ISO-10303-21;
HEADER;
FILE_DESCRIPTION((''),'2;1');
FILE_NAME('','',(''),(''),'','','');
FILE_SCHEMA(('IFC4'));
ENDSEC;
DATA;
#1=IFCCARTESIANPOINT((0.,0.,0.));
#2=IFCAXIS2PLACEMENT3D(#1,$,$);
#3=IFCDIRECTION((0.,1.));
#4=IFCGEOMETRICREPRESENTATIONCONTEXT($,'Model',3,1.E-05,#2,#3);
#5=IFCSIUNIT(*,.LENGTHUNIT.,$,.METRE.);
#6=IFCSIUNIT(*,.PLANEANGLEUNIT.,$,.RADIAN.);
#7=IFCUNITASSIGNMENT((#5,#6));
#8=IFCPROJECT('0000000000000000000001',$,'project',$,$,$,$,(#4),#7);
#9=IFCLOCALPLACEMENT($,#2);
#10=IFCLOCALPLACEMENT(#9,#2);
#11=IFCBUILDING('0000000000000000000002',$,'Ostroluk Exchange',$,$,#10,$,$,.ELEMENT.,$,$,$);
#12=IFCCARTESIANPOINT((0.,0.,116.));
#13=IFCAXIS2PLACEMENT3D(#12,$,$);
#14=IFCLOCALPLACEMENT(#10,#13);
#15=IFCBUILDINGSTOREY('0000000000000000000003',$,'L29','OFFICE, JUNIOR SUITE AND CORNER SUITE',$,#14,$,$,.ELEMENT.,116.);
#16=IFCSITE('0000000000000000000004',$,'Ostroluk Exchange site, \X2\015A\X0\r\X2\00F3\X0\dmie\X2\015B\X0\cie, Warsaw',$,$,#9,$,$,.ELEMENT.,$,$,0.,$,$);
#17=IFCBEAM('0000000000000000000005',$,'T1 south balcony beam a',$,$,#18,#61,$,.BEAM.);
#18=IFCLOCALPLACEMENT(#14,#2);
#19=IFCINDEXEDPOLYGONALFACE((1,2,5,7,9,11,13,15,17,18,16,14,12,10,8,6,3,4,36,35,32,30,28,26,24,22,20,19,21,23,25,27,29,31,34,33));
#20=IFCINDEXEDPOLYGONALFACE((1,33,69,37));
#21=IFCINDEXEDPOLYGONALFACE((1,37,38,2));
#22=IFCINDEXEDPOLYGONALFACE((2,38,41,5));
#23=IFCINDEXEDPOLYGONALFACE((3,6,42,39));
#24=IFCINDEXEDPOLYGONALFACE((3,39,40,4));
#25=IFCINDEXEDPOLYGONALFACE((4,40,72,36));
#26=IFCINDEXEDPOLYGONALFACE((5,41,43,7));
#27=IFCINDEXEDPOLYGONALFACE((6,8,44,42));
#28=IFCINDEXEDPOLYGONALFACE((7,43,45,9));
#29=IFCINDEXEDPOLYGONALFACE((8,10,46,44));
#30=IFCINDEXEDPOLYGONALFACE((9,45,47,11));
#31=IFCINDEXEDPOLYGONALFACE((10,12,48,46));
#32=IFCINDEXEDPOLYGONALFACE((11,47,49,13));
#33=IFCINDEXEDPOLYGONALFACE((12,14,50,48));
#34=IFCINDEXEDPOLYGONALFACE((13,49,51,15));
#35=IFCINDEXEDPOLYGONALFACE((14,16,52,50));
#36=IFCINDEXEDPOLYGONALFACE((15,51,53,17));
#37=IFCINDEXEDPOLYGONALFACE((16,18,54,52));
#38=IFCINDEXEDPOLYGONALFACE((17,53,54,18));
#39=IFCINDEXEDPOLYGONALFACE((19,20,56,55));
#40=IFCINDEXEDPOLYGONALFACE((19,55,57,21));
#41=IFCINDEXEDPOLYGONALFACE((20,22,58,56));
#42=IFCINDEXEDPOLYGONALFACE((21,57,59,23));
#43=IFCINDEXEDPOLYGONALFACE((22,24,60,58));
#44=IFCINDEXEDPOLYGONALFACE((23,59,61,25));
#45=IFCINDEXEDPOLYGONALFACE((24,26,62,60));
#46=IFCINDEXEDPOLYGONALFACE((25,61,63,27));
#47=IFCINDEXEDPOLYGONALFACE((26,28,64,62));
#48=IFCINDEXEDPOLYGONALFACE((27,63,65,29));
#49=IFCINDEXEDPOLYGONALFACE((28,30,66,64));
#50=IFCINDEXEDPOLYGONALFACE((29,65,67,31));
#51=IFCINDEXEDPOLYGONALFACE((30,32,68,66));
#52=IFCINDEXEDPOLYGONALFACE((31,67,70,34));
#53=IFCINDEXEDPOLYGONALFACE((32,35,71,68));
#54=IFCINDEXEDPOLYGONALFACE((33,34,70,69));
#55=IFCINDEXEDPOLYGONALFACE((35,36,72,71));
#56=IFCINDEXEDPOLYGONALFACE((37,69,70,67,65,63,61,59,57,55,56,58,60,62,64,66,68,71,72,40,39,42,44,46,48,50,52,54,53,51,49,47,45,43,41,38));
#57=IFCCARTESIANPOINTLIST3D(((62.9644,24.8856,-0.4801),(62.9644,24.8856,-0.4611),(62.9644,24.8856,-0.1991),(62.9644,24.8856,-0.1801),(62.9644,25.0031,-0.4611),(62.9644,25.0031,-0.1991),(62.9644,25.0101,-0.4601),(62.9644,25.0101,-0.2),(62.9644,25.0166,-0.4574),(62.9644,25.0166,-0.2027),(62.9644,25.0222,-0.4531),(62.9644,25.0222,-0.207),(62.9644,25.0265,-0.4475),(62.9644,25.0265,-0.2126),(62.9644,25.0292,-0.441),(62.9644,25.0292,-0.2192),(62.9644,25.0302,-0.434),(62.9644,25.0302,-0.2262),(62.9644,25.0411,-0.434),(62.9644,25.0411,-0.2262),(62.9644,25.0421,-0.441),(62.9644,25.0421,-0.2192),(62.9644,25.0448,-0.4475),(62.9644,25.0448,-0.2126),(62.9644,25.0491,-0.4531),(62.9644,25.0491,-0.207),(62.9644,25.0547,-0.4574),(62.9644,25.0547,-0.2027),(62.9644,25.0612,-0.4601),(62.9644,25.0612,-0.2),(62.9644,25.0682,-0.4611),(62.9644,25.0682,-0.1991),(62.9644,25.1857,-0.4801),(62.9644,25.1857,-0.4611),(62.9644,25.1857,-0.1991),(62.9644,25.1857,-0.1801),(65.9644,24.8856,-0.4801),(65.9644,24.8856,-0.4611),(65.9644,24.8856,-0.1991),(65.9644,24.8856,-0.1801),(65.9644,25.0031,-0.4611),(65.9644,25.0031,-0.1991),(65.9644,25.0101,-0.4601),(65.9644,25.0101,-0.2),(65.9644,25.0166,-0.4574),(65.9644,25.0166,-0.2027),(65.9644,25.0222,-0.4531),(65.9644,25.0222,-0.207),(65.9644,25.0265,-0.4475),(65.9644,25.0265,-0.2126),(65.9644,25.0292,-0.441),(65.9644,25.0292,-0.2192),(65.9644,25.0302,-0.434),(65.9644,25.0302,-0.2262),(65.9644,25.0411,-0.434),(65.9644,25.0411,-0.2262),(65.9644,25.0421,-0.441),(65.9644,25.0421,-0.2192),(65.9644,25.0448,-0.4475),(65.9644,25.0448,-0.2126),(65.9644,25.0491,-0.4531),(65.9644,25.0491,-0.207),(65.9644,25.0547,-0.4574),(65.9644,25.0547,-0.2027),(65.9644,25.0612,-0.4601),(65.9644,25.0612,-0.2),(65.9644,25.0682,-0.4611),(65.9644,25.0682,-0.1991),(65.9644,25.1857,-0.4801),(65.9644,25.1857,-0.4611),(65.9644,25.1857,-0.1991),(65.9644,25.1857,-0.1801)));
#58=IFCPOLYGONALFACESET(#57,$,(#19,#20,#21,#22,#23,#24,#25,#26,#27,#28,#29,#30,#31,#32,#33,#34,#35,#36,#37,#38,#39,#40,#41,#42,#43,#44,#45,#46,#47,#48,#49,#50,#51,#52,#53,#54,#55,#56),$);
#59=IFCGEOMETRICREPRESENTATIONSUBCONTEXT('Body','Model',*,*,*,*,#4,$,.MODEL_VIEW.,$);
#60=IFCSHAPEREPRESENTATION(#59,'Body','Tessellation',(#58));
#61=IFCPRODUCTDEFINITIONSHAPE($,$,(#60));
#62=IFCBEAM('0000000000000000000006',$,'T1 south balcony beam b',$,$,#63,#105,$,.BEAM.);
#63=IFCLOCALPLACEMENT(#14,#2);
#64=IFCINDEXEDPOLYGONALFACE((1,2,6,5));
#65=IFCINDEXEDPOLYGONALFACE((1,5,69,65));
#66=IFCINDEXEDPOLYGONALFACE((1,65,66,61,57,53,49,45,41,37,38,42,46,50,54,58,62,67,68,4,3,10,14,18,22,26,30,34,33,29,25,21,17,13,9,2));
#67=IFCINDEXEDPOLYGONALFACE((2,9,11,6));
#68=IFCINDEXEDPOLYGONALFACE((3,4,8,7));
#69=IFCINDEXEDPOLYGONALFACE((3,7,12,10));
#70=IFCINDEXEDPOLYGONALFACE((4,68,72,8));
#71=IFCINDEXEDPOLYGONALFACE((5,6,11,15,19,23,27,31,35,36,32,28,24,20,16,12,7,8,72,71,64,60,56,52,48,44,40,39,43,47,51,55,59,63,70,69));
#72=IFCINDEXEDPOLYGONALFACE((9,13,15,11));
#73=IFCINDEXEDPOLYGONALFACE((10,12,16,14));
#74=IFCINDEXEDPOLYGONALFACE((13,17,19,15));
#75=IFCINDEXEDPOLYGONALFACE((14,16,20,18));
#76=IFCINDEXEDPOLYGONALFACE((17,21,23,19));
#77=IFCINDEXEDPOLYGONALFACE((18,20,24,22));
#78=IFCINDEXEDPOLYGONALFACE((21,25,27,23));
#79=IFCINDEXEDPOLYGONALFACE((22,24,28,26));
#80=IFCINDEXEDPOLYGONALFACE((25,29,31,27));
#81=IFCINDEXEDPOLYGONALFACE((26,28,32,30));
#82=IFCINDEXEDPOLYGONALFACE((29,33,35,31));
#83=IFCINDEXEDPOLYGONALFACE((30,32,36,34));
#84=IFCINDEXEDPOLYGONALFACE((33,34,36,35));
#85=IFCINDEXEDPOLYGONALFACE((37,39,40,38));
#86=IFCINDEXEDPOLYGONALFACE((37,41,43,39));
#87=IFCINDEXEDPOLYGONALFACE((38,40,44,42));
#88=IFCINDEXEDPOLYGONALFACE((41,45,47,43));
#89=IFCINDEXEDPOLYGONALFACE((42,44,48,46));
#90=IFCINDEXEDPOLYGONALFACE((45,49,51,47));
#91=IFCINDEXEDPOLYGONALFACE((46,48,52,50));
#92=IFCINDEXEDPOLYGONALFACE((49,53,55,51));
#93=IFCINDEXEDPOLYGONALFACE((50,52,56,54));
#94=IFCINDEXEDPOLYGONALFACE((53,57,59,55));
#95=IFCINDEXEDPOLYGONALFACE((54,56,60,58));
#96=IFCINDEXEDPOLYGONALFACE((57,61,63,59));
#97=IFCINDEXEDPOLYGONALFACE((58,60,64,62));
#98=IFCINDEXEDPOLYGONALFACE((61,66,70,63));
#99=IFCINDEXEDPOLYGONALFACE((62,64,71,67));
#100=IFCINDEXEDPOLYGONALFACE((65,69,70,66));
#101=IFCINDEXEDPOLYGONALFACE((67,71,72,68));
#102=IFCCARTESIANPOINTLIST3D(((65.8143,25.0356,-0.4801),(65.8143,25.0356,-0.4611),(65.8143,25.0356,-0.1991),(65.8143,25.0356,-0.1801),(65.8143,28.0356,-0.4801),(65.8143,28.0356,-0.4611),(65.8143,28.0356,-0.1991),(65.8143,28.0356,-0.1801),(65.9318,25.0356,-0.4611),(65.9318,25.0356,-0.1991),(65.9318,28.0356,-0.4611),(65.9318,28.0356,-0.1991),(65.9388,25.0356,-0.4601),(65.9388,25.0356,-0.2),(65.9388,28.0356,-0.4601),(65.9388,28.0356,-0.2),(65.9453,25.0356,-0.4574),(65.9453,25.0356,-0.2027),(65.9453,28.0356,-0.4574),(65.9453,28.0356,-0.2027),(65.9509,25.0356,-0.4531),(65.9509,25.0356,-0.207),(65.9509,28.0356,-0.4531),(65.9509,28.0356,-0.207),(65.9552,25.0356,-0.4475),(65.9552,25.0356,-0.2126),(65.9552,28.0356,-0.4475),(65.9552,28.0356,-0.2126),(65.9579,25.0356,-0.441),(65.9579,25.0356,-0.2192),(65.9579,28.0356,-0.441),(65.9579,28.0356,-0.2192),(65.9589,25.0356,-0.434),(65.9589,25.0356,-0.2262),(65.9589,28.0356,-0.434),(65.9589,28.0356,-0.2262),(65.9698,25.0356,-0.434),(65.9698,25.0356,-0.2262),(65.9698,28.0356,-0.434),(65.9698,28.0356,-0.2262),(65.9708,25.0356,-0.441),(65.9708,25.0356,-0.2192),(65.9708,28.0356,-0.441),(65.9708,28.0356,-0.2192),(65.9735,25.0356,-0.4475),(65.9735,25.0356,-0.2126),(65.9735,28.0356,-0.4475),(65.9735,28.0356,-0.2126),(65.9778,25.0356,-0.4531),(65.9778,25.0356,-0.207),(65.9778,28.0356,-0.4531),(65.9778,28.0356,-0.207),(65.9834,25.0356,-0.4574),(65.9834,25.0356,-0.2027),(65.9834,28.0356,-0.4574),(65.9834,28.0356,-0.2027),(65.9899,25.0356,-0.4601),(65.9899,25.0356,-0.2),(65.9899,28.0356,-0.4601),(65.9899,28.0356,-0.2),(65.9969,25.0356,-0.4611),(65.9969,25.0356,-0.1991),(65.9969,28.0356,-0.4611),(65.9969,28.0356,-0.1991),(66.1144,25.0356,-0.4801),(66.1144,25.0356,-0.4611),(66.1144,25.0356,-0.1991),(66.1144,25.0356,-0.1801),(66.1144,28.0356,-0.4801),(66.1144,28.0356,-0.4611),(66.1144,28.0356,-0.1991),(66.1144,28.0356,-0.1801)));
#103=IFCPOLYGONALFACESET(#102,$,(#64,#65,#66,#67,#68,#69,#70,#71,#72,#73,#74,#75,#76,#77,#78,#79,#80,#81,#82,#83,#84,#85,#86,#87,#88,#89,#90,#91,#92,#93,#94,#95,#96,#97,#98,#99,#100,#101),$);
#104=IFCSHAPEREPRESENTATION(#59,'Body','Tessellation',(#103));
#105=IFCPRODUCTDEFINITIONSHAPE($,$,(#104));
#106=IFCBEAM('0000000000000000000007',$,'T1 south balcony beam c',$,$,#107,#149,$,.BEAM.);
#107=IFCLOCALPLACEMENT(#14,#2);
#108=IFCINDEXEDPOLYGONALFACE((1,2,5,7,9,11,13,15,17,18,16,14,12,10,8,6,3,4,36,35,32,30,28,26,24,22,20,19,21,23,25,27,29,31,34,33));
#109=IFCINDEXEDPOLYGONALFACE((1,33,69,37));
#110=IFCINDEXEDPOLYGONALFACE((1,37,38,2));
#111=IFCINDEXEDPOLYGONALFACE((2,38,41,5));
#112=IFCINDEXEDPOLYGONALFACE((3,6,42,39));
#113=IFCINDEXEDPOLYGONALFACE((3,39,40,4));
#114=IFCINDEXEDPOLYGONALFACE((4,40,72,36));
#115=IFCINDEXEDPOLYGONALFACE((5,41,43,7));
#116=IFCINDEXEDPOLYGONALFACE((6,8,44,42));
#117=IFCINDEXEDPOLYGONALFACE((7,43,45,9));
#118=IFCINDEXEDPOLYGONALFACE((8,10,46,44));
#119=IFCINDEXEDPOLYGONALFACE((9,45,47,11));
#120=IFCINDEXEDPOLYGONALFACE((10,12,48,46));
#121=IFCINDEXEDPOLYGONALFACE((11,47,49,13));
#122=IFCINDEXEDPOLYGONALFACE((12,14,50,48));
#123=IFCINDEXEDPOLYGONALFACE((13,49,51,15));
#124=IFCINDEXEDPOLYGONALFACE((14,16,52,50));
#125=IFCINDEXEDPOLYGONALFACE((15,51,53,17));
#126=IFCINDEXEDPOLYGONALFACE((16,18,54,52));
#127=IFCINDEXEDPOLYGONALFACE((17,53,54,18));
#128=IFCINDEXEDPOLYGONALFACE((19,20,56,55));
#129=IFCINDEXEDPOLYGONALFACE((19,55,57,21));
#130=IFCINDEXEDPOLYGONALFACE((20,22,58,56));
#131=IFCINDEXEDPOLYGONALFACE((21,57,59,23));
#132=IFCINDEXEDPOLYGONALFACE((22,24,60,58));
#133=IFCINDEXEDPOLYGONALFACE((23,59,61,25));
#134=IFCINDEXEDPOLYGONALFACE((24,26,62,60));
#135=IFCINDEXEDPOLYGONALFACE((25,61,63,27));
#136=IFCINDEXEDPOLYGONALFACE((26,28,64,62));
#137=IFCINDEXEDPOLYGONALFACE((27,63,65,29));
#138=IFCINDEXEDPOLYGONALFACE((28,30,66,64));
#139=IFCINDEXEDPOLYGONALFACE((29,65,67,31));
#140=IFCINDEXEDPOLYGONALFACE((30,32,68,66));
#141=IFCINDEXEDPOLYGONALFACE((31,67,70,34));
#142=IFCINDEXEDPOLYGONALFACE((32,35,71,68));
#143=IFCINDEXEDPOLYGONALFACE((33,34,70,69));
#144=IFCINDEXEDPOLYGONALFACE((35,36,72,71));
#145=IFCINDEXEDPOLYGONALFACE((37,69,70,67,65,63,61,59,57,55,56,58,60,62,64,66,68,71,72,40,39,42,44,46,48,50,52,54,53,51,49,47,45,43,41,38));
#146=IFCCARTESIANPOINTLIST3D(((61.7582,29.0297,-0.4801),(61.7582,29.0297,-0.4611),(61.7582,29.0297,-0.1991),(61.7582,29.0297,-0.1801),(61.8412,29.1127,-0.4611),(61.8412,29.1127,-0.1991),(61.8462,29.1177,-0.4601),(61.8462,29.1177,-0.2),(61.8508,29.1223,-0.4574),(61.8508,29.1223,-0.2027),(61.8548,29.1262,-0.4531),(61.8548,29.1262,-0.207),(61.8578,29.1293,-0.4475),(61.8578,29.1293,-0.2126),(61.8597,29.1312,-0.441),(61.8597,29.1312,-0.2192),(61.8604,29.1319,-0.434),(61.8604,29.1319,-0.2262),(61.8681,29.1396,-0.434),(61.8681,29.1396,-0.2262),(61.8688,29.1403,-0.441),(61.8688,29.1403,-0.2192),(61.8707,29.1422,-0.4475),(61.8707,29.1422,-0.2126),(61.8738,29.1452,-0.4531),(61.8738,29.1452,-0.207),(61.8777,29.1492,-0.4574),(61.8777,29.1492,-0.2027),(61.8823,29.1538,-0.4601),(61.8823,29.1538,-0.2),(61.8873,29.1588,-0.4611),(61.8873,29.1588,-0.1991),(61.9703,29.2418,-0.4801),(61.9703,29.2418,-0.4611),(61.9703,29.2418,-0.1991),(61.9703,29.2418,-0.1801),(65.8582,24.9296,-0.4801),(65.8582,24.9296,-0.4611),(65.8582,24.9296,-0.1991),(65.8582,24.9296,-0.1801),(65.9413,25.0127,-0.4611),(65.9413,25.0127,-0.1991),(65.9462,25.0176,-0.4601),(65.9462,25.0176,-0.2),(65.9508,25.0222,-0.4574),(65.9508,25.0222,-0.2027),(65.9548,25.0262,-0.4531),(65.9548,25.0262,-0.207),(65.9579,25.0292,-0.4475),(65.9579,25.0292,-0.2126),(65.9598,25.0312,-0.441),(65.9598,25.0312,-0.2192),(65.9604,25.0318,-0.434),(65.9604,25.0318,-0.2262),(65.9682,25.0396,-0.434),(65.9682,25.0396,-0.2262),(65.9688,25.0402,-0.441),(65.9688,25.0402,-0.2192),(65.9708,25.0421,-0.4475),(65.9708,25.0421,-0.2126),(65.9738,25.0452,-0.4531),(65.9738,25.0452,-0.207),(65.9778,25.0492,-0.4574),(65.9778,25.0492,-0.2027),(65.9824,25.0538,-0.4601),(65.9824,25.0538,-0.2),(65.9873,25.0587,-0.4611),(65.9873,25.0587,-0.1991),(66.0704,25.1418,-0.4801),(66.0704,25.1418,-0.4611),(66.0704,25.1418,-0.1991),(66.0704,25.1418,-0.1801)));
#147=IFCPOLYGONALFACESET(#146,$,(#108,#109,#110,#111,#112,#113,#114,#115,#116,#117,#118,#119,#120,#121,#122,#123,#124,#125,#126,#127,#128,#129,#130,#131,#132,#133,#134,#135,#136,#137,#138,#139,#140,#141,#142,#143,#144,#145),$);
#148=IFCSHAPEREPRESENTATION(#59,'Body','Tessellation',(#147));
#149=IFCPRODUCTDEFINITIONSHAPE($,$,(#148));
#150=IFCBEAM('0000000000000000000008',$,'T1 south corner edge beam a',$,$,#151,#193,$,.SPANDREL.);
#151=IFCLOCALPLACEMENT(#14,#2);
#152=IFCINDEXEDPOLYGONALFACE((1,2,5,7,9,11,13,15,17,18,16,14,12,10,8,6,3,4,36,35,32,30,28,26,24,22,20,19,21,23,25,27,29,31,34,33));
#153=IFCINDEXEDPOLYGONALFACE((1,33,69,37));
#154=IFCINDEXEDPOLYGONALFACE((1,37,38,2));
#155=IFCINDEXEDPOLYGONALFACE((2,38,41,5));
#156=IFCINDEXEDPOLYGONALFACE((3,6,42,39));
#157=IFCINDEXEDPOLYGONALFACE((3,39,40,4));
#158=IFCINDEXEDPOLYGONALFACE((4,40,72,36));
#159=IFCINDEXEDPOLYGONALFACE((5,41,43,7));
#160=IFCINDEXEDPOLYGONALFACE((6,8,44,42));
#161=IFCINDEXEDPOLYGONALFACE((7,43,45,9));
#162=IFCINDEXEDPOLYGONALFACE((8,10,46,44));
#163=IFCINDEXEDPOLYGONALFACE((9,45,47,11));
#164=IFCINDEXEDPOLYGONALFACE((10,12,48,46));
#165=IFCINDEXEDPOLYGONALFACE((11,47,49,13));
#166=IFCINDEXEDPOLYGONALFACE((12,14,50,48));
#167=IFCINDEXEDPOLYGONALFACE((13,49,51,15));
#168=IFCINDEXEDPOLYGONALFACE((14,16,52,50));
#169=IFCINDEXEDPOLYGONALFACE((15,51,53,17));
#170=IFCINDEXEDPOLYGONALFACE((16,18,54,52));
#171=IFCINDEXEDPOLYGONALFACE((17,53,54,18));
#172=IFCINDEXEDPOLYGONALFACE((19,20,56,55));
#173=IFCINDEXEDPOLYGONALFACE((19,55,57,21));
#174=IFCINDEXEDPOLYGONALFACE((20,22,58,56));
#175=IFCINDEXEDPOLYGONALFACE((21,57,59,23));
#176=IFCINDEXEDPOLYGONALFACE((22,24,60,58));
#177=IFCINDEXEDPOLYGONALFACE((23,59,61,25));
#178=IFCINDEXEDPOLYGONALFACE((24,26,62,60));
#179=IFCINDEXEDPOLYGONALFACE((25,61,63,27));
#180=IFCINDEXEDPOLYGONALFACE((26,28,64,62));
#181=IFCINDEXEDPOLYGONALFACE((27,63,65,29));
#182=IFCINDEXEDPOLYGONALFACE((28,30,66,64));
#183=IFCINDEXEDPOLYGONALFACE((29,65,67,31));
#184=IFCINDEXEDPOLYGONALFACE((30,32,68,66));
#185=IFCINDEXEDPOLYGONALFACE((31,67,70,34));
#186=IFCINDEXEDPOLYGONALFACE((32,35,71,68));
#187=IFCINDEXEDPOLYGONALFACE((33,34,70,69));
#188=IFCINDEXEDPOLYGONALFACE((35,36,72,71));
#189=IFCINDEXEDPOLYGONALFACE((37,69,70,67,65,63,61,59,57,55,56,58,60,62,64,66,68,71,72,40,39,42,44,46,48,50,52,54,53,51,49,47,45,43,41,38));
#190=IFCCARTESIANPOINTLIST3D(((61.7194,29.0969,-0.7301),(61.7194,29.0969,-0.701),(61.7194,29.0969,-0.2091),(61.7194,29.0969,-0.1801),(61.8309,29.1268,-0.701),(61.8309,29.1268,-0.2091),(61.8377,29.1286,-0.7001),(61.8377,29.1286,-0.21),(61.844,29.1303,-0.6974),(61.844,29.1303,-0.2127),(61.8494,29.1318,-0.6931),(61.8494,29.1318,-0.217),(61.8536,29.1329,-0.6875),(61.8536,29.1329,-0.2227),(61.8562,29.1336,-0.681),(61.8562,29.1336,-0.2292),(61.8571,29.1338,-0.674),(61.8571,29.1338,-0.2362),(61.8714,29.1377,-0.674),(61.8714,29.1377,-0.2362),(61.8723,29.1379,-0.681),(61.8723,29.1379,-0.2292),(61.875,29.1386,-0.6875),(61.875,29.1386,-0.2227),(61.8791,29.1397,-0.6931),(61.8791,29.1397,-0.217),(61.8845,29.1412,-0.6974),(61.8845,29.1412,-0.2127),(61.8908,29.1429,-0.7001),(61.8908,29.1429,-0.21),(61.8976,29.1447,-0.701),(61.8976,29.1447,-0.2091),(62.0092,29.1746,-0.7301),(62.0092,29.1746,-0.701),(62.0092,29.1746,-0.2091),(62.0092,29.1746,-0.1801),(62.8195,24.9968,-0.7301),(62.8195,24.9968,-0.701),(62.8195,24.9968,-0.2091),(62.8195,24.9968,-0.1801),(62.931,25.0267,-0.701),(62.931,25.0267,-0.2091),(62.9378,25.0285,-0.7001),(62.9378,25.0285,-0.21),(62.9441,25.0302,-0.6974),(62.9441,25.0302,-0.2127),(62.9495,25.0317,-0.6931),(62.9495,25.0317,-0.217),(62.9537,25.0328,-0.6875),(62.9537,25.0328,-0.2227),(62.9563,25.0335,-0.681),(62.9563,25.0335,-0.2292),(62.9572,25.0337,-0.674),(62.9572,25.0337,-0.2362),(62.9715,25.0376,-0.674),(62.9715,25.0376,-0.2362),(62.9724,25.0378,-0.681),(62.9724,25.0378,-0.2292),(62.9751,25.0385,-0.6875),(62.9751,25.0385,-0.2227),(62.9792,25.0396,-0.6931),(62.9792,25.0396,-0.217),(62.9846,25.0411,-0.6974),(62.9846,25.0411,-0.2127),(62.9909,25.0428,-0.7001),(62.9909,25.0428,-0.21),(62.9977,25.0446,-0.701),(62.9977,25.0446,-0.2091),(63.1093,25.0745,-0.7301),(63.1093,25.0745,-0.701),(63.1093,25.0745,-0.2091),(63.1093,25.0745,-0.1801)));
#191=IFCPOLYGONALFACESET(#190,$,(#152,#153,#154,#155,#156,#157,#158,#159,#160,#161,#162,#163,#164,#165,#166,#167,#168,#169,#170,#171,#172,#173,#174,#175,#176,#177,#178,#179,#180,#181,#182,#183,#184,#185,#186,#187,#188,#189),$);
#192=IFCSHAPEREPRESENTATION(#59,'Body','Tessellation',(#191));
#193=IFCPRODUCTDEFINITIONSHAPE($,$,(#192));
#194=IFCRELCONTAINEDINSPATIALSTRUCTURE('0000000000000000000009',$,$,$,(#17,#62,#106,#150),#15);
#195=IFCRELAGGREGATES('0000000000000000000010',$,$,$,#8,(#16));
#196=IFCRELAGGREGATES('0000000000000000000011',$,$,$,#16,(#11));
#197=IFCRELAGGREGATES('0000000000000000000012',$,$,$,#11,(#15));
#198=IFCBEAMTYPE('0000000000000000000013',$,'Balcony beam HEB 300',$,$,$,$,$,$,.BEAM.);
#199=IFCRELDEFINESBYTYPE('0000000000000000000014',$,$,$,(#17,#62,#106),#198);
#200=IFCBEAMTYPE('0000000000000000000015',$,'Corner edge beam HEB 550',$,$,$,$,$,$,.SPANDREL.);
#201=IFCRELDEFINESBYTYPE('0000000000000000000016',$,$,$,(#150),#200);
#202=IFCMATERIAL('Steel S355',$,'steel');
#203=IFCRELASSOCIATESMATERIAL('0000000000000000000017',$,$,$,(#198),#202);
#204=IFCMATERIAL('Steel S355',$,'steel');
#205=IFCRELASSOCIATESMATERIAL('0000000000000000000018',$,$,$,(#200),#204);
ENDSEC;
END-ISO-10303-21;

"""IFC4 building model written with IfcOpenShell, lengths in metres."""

from ifc_helpers import new_model, si_unit, direction, frame, origin, origin_2d, place, context, subcontext, project, spatial, i_section, extrude, material, material_profile, profile_set, type_object, element, save


model = new_model("IFC4")

# Units and contexts
model_context = context("Model", 3, precision=1e-05, world=origin(), true_north=direction((0.0, 1.0)))
body_context = subcontext(model_context, "Body", "Model", "MODEL_VIEW")
ifc_project = project(units=[si_unit("LENGTHUNIT", "METRE"), si_unit("PLANEANGLEUNIT", "RADIAN")], contexts=[model_context])

# Site, building, storey
site_placement = place(None, origin())
site = spatial("IfcSite", under=ifc_project, at=site_placement, Name="Ostroluk Exchange site, Śródmieście, Warsaw", CompositionType="ELEMENT", RefElevation=0.0)
building_placement = place(site_placement, origin())
building = spatial("IfcBuilding", under=site, at=building_placement, Name="Ostroluk Exchange", CompositionType="ELEMENT")
storey_placement = place(building_placement, frame((0.0, 0.0, 116.0)))
storey = spatial("IfcBuildingStorey", under=building, at=storey_placement, Name="L29", Description="OFFICE, JUNIOR SUITE AND CORNER SUITE", CompositionType="ELEMENT", Elevation=116.0)

# Beams
ifc_material_1 = material(Name="Steel S355", Category="steel")
ifc_material_profile_1 = material_profile(ifc_material_1, i_section(OverallWidth=0.3, OverallDepth=0.3, WebThickness=0.011, FlangeThickness=0.019, FilletRadius=0.0271, at=origin_2d()), Name="HEB 300")
ifc_profile_set_1 = profile_set([ifc_material_profile_1], Name="Steel S355")
beam_type_1 = type_object("IfcBeamType", Name="Balcony beam HEB 300", PredefinedType="BEAM", material=ifc_profile_set_1)
for number, where, z_axis, x_axis, name in (
    (1, (62.9644, 25.0356, -0.3301), (1.0, 0.0, 0.0), (0.0, 1.0, 0.0), "T1 south balcony beam a"),
    (2, (65.9644, 28.0356, -0.3301), (0.0, -1.0, 0.0), (1.0, 0.0, 0.0), "T1 south balcony beam b"),
):
    element("IfcBeam", number, at=place(storey_placement, frame(where, z_axis=z_axis, x_axis=x_axis)), inside=storey, type_object=beam_type_1, Name=name, PredefinedType="BEAM", context=body_context, shape_type="SweptSolid", body=[
        extrude(i_section(OverallWidth=0.3, OverallDepth=0.3, WebThickness=0.011, FlangeThickness=0.019, FilletRadius=0.0271, at=origin_2d()), origin(), (0.0, 0.0, 1.0), 3.0),
    ])
beam_1_placement = place(storey_placement, frame((61.8643, 29.1357, -0.3301), z_axis=(0.707107, -0.707107, 0.0), x_axis=(0.707107, 0.707107, 0.0)))
element("IfcBeam", 3, at=beam_1_placement, inside=storey, type_object=beam_type_1, Name="T1 south balcony beam c", PredefinedType="BEAM", context=body_context, shape_type="SweptSolid", body=[
    extrude(i_section(OverallWidth=0.3, OverallDepth=0.3, WebThickness=0.011, FlangeThickness=0.019, FilletRadius=0.0271, at=origin_2d()), origin(), (0.0, 0.0, 1.0), 5.7983),
])
ifc_material_2 = material(Name="Steel S355", Category="steel")
ifc_material_profile_2 = material_profile(ifc_material_2, i_section(OverallWidth=0.3, OverallDepth=0.55, WebThickness=0.0149, FlangeThickness=0.0291, FilletRadius=0.0271, at=origin_2d()), Name="HEB 550")
ifc_profile_set_2 = profile_set([ifc_material_profile_2], Name="Steel S355")
beam_type_2 = type_object("IfcBeamType", Name="Corner edge beam HEB 550", PredefinedType="SPANDREL", material=ifc_profile_set_2)
for number, where, z_axis, x_axis, name in (
    (4, (61.8643, 29.1357, -0.4551), (0.259144, -0.965839, 0.0), (0.965839, 0.259144, 0.0), "T1 south corner edge beam a"),
):
    element("IfcBeam", number, at=place(storey_placement, frame(where, z_axis=z_axis, x_axis=x_axis)), inside=storey, type_object=beam_type_2, Name=name, PredefinedType="SPANDREL", context=body_context, shape_type="SweptSolid", body=[
        extrude(i_section(OverallWidth=0.3, OverallDepth=0.55, WebThickness=0.0149, FlangeThickness=0.0291, FilletRadius=0.0271, at=origin_2d()), origin(), (0.0, 0.0, 1.0), 4.2451),
    ])

save(model, "model.ifc")
